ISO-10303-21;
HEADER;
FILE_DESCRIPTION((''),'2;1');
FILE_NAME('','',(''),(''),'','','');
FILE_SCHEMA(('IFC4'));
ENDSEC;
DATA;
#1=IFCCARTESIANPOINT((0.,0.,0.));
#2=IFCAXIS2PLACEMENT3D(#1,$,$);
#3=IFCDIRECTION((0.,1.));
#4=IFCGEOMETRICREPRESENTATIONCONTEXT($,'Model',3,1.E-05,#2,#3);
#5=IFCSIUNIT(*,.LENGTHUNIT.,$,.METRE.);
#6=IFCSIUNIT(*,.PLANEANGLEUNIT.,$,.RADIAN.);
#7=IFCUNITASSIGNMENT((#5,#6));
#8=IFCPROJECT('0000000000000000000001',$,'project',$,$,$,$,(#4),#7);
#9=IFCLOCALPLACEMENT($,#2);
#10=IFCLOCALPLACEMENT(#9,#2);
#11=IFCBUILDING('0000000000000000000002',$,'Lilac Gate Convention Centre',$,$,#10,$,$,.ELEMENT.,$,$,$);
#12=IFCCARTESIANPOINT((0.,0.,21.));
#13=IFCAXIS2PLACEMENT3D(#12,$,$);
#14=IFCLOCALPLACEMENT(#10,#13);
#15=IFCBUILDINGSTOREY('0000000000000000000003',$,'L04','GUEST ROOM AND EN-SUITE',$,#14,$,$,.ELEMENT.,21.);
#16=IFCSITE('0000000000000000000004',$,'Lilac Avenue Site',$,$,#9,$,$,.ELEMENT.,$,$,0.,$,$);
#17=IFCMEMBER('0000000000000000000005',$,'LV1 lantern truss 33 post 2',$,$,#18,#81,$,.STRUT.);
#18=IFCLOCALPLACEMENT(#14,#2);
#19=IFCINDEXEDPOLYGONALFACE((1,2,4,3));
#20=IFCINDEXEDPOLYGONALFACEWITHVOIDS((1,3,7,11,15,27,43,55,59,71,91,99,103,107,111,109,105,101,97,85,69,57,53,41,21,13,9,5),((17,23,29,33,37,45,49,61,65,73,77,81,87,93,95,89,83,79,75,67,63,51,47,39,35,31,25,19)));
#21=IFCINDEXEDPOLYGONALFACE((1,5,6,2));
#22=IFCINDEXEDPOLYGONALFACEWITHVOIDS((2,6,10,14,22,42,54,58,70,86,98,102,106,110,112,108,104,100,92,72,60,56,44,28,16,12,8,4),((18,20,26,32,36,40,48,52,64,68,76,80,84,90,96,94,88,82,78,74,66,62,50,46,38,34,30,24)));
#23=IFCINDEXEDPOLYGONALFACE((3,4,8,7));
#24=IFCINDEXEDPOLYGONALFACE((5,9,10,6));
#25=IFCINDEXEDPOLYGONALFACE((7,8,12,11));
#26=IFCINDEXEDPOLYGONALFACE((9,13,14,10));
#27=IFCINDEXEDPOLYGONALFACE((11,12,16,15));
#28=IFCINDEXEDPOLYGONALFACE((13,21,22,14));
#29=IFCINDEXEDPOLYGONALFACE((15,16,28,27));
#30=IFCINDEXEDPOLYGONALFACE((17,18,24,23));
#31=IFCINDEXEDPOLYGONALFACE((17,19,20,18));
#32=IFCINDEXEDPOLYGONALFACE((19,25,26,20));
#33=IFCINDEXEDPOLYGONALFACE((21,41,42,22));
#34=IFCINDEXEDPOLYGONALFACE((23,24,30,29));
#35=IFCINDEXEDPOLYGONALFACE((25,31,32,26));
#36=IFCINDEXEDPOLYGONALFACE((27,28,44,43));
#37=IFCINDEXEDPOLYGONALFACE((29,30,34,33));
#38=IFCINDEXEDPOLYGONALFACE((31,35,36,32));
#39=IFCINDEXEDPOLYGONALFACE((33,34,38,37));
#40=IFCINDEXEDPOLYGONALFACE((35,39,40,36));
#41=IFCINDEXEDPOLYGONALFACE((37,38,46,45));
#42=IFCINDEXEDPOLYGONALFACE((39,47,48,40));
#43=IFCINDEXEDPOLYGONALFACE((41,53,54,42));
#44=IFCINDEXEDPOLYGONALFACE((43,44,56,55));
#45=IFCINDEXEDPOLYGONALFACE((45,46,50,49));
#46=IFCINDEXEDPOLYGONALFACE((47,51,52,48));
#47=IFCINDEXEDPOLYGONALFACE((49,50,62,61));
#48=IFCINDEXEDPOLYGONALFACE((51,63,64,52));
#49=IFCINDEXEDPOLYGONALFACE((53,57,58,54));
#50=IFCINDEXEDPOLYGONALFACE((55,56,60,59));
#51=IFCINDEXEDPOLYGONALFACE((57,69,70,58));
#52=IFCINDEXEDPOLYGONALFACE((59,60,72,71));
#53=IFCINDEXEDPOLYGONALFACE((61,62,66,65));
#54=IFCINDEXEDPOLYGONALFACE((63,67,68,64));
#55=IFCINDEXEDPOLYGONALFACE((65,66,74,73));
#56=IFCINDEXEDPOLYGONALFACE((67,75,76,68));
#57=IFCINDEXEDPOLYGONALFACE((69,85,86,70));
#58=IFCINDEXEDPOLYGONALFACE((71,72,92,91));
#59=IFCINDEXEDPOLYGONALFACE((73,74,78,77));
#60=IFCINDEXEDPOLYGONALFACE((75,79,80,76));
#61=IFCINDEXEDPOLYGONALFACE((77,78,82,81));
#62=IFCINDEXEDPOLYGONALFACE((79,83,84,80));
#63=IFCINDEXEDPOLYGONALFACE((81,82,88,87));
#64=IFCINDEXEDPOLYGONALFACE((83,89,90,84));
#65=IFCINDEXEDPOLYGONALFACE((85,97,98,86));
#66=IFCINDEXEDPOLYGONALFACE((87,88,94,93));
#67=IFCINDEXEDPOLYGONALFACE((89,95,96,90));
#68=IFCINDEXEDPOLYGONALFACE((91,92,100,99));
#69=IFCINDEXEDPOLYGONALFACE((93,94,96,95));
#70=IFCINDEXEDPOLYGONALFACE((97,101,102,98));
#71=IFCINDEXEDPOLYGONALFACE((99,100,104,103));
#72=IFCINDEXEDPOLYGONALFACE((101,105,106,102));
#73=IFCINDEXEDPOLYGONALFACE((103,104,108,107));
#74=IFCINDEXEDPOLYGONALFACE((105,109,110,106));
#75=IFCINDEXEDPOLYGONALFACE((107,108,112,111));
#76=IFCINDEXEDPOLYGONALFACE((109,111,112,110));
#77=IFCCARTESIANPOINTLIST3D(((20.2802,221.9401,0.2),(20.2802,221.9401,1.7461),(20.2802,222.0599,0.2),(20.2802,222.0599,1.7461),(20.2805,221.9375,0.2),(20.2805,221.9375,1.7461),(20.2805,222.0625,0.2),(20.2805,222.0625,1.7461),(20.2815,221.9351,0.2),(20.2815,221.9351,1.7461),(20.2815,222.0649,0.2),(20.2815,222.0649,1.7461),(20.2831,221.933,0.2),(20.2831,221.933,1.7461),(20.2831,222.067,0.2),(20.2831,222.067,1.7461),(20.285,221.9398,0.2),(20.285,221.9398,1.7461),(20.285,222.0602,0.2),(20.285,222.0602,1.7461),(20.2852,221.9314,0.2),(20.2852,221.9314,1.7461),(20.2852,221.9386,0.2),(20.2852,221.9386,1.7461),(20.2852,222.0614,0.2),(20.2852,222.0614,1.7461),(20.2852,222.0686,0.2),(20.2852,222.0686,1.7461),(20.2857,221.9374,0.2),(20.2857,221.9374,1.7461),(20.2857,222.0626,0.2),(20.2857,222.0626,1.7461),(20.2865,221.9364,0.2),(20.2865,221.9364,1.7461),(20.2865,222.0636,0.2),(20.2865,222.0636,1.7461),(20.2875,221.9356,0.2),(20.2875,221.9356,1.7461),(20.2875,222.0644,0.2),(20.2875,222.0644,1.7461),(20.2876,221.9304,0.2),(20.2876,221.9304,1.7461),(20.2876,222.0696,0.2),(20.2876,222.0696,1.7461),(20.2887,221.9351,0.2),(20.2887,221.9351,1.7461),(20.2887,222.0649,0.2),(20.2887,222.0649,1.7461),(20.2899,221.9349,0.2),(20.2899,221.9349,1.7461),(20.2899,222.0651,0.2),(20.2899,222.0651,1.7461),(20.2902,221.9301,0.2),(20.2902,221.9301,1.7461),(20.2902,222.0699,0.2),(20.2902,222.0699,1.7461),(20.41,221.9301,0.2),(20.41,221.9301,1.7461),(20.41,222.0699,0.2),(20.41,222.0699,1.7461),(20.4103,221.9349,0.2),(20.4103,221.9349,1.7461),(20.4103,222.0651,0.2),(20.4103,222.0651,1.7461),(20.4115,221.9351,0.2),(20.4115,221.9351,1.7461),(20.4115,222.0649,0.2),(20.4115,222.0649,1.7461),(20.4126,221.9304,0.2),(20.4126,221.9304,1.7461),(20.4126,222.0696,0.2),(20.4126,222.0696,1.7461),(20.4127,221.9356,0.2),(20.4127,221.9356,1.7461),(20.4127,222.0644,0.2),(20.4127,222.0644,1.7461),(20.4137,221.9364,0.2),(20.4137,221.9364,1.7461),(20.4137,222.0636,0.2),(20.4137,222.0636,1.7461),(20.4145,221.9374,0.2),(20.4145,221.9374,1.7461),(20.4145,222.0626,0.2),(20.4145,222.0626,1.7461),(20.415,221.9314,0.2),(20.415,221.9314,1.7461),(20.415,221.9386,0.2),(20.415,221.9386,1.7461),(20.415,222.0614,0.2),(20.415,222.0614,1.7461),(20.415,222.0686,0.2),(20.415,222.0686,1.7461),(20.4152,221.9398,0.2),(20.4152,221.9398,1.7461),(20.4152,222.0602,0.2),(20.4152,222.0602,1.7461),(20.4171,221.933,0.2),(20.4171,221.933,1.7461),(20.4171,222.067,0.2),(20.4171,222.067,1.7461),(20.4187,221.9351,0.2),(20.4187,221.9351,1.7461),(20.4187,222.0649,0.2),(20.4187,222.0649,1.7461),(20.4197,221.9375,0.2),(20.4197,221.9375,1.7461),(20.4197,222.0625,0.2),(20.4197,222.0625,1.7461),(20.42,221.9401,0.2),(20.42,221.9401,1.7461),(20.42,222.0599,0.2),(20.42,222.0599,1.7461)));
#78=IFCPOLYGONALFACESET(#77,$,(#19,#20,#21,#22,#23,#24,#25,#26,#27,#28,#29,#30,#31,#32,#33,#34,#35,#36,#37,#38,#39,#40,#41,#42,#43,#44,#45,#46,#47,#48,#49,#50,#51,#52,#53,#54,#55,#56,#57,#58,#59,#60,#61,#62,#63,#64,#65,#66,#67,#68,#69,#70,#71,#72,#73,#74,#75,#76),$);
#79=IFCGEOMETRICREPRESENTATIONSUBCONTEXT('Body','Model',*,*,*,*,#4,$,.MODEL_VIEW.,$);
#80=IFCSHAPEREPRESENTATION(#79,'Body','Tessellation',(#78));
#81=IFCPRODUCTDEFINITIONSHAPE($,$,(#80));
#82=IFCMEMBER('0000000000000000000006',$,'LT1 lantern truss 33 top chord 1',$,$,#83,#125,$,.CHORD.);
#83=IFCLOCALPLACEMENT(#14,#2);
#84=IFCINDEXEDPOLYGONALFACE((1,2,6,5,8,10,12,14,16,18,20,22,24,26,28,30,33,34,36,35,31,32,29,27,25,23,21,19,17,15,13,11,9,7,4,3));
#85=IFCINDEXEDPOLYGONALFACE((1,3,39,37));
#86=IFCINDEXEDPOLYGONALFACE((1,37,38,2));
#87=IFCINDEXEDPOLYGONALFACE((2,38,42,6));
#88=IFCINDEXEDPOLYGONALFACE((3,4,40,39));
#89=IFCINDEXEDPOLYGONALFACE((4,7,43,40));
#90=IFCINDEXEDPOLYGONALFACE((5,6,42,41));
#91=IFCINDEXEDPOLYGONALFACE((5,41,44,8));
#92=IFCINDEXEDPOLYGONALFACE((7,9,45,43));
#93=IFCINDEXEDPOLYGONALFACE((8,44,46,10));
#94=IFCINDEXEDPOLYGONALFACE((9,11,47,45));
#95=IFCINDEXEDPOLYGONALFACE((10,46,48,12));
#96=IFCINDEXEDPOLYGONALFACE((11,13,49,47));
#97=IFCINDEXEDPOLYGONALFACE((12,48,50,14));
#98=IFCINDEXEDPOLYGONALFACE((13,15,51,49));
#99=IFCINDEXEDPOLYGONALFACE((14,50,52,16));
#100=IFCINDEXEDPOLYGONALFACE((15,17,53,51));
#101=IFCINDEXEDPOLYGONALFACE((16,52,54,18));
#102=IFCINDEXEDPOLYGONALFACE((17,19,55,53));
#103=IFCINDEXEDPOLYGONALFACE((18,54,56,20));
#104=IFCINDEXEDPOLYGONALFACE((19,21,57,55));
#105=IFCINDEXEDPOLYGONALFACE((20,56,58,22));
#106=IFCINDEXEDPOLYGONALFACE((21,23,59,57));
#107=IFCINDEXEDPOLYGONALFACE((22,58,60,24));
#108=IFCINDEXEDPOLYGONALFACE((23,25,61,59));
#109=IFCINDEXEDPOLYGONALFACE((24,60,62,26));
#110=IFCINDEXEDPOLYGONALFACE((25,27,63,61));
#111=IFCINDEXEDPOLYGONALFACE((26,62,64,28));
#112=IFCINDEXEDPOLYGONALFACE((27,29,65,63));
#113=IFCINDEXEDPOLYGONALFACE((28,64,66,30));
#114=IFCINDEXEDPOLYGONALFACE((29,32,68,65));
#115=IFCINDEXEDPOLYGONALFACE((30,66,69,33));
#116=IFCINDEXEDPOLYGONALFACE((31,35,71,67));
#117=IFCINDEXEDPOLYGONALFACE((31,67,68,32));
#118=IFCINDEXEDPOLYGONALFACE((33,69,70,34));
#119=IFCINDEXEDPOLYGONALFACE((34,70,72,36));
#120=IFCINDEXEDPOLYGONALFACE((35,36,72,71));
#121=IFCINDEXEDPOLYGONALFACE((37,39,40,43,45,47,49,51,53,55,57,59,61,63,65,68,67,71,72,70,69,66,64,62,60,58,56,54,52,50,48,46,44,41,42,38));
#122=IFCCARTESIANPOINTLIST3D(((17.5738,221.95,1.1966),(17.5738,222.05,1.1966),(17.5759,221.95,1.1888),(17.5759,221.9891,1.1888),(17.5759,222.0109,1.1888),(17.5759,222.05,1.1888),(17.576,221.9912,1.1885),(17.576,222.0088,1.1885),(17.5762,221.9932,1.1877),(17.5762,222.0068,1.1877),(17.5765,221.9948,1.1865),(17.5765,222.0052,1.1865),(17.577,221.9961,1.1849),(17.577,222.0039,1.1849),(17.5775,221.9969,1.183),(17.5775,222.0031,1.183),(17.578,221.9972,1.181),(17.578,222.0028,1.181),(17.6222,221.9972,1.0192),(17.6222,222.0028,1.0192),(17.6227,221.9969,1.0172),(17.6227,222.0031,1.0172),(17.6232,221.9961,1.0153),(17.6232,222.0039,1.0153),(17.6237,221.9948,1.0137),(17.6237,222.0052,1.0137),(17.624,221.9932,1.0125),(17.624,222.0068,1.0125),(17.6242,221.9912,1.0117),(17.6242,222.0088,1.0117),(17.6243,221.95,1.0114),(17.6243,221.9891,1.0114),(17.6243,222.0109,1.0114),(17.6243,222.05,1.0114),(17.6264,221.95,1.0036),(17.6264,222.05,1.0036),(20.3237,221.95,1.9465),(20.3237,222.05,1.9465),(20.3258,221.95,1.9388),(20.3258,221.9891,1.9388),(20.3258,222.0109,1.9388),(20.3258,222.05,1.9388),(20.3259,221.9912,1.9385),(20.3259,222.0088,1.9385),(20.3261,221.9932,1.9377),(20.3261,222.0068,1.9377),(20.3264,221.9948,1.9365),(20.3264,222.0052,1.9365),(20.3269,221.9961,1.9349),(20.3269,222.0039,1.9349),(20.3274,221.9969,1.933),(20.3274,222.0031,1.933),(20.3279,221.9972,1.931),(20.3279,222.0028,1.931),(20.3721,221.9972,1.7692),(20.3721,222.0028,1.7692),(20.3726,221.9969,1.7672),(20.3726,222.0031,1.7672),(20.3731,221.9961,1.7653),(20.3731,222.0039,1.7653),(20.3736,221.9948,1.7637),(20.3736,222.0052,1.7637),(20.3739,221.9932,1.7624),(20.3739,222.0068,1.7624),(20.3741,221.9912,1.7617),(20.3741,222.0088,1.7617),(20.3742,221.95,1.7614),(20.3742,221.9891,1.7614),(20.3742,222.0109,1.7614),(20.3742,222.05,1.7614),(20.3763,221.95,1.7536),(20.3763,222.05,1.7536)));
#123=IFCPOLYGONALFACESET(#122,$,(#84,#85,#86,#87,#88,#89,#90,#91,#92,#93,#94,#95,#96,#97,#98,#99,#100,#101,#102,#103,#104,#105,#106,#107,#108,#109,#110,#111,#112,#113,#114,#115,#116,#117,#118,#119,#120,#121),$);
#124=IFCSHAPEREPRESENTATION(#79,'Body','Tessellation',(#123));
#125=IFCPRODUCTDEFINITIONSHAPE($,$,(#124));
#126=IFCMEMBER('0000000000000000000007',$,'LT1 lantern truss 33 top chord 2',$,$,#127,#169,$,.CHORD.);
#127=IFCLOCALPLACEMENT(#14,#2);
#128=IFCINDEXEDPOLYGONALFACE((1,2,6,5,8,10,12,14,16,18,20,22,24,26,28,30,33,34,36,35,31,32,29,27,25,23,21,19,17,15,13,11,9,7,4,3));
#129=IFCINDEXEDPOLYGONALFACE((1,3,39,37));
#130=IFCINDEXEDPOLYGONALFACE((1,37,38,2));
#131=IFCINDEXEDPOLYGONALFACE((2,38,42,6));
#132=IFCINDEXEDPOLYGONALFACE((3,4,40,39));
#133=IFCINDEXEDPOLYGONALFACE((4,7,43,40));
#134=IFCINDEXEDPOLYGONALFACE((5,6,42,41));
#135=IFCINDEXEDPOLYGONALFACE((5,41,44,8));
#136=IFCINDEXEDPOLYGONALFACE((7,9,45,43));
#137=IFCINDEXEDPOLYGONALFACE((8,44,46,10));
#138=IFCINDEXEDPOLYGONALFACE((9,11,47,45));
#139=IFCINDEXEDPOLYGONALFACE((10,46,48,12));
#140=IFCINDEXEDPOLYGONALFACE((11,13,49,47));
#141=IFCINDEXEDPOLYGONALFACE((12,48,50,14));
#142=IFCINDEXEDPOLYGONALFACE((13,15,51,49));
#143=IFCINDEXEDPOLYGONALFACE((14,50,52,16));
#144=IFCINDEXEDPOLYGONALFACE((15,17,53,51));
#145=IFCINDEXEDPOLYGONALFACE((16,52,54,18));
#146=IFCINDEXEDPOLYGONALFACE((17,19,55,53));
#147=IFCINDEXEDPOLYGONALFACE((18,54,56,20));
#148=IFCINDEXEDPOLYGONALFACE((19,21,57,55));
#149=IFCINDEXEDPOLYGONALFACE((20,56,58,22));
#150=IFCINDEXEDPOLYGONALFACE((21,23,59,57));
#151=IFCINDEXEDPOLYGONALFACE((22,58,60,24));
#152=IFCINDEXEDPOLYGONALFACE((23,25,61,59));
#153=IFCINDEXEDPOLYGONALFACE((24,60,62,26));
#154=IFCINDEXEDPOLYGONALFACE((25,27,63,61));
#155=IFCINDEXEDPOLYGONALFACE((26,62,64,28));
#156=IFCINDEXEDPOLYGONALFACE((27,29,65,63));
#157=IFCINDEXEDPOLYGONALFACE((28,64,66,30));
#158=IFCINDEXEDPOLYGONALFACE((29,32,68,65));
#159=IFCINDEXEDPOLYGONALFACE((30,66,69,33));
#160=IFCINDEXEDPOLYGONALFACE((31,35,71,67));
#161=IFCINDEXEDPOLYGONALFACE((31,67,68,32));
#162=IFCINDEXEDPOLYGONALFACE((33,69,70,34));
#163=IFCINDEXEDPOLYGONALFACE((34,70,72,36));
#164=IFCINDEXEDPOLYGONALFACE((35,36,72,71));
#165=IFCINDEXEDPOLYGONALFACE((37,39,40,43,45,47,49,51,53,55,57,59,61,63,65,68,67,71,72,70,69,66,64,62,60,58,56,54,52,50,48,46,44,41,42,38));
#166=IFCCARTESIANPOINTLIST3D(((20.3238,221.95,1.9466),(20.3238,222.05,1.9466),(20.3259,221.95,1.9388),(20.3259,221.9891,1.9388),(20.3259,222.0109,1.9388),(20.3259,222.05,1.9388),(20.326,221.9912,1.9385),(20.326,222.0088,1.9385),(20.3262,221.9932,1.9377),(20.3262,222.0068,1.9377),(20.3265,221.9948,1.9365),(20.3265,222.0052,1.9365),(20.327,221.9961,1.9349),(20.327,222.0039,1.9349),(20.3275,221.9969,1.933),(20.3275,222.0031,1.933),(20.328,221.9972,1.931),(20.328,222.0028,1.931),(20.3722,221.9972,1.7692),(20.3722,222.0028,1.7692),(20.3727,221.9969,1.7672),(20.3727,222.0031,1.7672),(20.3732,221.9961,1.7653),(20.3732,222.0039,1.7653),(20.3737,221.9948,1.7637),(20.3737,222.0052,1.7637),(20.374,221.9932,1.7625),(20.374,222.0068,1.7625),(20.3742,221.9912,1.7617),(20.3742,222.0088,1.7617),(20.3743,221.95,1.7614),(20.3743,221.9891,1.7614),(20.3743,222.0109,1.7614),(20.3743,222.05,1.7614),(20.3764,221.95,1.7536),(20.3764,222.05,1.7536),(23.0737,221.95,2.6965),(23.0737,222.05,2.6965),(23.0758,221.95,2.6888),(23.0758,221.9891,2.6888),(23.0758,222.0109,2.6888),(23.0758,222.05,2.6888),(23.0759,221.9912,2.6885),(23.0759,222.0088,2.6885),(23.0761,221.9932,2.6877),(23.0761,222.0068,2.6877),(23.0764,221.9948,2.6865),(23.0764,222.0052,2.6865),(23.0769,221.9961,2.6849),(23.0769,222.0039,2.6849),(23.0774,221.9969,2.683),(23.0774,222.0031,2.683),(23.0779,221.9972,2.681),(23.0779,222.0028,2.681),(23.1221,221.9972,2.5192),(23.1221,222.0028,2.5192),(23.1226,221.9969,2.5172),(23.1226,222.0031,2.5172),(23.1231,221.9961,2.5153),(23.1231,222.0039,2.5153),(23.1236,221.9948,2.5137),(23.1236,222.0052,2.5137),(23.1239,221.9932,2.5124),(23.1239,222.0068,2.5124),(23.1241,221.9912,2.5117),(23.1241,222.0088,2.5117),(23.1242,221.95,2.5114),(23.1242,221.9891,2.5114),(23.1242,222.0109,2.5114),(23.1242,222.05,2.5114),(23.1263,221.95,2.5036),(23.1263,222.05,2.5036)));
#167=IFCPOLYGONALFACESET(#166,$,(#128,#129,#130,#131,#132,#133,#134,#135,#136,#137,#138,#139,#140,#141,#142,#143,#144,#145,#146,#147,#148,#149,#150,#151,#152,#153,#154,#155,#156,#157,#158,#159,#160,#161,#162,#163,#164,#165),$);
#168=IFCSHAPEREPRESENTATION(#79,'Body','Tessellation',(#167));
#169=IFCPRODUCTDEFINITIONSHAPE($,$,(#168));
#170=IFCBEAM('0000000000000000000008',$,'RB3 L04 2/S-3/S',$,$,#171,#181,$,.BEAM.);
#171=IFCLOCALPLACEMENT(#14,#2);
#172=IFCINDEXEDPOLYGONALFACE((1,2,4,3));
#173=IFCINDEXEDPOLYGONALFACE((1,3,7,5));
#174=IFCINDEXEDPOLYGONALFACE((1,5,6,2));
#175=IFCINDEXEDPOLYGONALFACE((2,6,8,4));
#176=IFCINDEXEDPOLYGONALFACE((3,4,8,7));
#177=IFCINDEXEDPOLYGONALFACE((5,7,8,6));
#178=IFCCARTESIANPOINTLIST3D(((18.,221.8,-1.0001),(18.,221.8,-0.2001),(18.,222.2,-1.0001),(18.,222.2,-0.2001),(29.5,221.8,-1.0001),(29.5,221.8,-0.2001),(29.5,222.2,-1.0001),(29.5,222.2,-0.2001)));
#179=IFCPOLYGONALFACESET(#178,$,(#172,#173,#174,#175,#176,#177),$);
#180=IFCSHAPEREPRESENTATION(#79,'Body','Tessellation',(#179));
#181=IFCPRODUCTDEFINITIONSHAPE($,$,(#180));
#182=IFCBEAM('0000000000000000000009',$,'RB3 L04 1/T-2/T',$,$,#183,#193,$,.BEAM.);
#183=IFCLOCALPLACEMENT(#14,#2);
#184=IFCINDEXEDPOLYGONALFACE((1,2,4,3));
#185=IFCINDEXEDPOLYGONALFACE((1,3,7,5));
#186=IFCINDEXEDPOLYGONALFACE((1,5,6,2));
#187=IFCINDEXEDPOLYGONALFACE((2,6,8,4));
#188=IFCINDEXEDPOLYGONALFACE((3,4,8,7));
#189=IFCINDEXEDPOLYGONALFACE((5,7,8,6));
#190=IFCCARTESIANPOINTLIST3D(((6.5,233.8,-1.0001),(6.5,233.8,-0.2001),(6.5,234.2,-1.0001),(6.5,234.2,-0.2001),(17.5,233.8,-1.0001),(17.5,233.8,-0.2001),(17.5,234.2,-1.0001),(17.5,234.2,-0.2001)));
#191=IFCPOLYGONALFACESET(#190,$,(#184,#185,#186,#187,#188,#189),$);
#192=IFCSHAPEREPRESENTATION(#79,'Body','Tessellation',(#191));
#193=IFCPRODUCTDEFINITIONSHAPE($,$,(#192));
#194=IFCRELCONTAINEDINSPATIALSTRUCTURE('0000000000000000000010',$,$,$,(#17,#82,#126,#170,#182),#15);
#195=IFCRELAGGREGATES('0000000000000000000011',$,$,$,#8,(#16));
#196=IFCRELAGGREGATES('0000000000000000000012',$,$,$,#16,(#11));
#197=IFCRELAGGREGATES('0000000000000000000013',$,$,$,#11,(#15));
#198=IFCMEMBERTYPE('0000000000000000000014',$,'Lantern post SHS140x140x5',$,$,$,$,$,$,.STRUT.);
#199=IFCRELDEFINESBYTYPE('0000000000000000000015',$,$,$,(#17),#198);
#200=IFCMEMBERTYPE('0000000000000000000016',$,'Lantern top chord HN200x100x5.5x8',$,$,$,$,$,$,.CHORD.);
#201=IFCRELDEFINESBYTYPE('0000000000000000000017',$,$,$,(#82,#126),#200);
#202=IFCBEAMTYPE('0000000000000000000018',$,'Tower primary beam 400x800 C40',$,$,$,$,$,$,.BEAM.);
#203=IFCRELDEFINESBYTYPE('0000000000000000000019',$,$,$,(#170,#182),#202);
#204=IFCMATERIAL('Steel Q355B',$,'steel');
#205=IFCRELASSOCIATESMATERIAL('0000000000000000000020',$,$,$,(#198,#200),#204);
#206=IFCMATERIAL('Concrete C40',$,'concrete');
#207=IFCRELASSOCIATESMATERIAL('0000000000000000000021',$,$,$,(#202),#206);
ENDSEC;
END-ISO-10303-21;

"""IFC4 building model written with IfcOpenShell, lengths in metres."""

from ifc_helpers import new_model, si_unit, direction, frame, origin, origin_2d, place, context, subcontext, project, spatial, rectangle, hollow_rectangle, i_section, extrude, material, material_profile, profile_set, type_object, element, save


model = new_model("IFC4")

# Units and contexts
model_context = context("Model", 3, precision=1e-05, world=origin(), true_north=direction((0.0, 1.0)))
body_context = subcontext(model_context, "Body", "Model", "MODEL_VIEW")
ifc_project = project(units=[si_unit("LENGTHUNIT", "METRE"), si_unit("PLANEANGLEUNIT", "RADIAN")], contexts=[model_context])

# Site, building, storey
site_placement = place(None, origin())
site = spatial("IfcSite", under=ifc_project, at=site_placement, Name="Lilac Avenue Site", CompositionType="ELEMENT", RefElevation=0.0)
building_placement = place(site_placement, origin())
building = spatial("IfcBuilding", under=site, at=building_placement, Name="Lilac Gate Convention Centre", CompositionType="ELEMENT")
storey_placement = place(building_placement, frame((0.0, 0.0, 21.0)))
storey = spatial("IfcBuildingStorey", under=building, at=storey_placement, Name="L04", Description="GUEST ROOM AND EN-SUITE", CompositionType="ELEMENT", Elevation=21.0)

# Members
ifc_material_1 = material(Name="Steel Q355B", Category="steel")
ifc_material_profile_1 = material_profile(ifc_material_1, hollow_rectangle(XDim=0.1399, YDim=0.1399, WallThickness=0.0049, InnerFilletRadius=0.0049, OuterFilletRadius=0.01, at=origin_2d()), Name="SHS140x140x5")
ifc_profile_set_1 = profile_set([ifc_material_profile_1], Name="Steel Q355B")
member_type_1 = type_object("IfcMemberType", Name="Lantern post SHS140x140x5", PredefinedType="STRUT", material=ifc_profile_set_1)
member_1_placement = place(storey_placement, frame((20.3501, 222.0, 0.2), z_axis=(0.0, 0.0, 1.0), x_axis=(1.0, 0.0, 0.0)))
element("IfcMember", 1, at=member_1_placement, inside=storey, type_object=member_type_1, Name="LV1 lantern truss 33 post 2", PredefinedType="STRUT", context=body_context, shape_type="SweptSolid", body=[
    extrude(hollow_rectangle(XDim=0.1399, YDim=0.1399, WallThickness=0.0049, InnerFilletRadius=0.0049, OuterFilletRadius=0.01, at=origin_2d()), origin(), (0.0, 0.0, 1.0), 1.5461),
])
ifc_material_profile_2 = material_profile(ifc_material_1, i_section(OverallWidth=0.1001, OverallDepth=0.2, WebThickness=0.0056, FlangeThickness=0.0081, FilletRadius=0.0081, at=origin_2d()), Name="HN200x100x5.5x8")
ifc_profile_set_2 = profile_set([ifc_material_profile_2], Name="Steel Q355B")
member_type_2 = type_object("IfcMemberType", Name="Lantern top chord HN200x100x5.5x8", PredefinedType="CHORD", material=ifc_profile_set_2)
for number, where, z_axis, x_axis, name in (
    (2, (17.6001, 222.0, 1.1001), (0.964764, 0.0, 0.263117), (0.0, 1.0, 0.0), "LT1 lantern truss 33 top chord 1"),
    (3, (20.3501, 222.0, 1.8501), (0.964764, 0.0, 0.263117), (0.0, 1.0, 0.0), "LT1 lantern truss 33 top chord 2"),
):
    element("IfcMember", number, at=place(storey_placement, frame(where, z_axis=z_axis, x_axis=x_axis)), inside=storey, type_object=member_type_2, Name=name, PredefinedType="CHORD", context=body_context, shape_type="SweptSolid", body=[
        extrude(i_section(OverallWidth=0.1001, OverallDepth=0.2, WebThickness=0.0056, FlangeThickness=0.0081, FilletRadius=0.0081, at=origin_2d()), origin(), (0.0, 0.0, 1.0), 2.8503),
    ])

# Beams
ifc_material_2 = material(Name="Concrete C40", Category="concrete")
ifc_material_profile_3 = material_profile(ifc_material_2, rectangle(XDim=0.3999, YDim=0.8, at=origin_2d()), Name="RC 400x800")
ifc_profile_set_3 = profile_set([ifc_material_profile_3], Name="Concrete C40")
beam_type_1 = type_object("IfcBeamType", Name="Tower primary beam 400x800 C40", PredefinedType="BEAM", material=ifc_profile_set_3)
beam_1_placement = place(storey_placement, frame((18.0, 222.0, -0.6001), z_axis=(1.0, 0.0, 0.0), x_axis=(0.0, 1.0, 0.0)))
element("IfcBeam", 4, at=beam_1_placement, inside=storey, type_object=beam_type_1, Name="RB3 L04 2/S-3/S", PredefinedType="BEAM", context=body_context, shape_type="SweptSolid", body=[
    extrude(rectangle(XDim=0.3999, YDim=0.8, at=origin_2d()), origin(), (0.0, 0.0, 1.0), 11.5),
])
for number, where, z_axis, x_axis, name in (
    (5, (6.5, 234.0, -0.6001), (1.0, 0.0, 0.0), (0.0, 1.0, 0.0), "RB3 L04 1/T-2/T"),
):
    element("IfcBeam", number, at=place(storey_placement, frame(where, z_axis=z_axis, x_axis=x_axis)), inside=storey, type_object=beam_type_1, Name=name, PredefinedType="BEAM", context=body_context, shape_type="SweptSolid", body=[
        extrude(rectangle(XDim=0.3999, YDim=0.8, at=origin_2d()), origin(), (0.0, 0.0, 1.0), 11.0),
    ])

save(model, "model.ifc")
